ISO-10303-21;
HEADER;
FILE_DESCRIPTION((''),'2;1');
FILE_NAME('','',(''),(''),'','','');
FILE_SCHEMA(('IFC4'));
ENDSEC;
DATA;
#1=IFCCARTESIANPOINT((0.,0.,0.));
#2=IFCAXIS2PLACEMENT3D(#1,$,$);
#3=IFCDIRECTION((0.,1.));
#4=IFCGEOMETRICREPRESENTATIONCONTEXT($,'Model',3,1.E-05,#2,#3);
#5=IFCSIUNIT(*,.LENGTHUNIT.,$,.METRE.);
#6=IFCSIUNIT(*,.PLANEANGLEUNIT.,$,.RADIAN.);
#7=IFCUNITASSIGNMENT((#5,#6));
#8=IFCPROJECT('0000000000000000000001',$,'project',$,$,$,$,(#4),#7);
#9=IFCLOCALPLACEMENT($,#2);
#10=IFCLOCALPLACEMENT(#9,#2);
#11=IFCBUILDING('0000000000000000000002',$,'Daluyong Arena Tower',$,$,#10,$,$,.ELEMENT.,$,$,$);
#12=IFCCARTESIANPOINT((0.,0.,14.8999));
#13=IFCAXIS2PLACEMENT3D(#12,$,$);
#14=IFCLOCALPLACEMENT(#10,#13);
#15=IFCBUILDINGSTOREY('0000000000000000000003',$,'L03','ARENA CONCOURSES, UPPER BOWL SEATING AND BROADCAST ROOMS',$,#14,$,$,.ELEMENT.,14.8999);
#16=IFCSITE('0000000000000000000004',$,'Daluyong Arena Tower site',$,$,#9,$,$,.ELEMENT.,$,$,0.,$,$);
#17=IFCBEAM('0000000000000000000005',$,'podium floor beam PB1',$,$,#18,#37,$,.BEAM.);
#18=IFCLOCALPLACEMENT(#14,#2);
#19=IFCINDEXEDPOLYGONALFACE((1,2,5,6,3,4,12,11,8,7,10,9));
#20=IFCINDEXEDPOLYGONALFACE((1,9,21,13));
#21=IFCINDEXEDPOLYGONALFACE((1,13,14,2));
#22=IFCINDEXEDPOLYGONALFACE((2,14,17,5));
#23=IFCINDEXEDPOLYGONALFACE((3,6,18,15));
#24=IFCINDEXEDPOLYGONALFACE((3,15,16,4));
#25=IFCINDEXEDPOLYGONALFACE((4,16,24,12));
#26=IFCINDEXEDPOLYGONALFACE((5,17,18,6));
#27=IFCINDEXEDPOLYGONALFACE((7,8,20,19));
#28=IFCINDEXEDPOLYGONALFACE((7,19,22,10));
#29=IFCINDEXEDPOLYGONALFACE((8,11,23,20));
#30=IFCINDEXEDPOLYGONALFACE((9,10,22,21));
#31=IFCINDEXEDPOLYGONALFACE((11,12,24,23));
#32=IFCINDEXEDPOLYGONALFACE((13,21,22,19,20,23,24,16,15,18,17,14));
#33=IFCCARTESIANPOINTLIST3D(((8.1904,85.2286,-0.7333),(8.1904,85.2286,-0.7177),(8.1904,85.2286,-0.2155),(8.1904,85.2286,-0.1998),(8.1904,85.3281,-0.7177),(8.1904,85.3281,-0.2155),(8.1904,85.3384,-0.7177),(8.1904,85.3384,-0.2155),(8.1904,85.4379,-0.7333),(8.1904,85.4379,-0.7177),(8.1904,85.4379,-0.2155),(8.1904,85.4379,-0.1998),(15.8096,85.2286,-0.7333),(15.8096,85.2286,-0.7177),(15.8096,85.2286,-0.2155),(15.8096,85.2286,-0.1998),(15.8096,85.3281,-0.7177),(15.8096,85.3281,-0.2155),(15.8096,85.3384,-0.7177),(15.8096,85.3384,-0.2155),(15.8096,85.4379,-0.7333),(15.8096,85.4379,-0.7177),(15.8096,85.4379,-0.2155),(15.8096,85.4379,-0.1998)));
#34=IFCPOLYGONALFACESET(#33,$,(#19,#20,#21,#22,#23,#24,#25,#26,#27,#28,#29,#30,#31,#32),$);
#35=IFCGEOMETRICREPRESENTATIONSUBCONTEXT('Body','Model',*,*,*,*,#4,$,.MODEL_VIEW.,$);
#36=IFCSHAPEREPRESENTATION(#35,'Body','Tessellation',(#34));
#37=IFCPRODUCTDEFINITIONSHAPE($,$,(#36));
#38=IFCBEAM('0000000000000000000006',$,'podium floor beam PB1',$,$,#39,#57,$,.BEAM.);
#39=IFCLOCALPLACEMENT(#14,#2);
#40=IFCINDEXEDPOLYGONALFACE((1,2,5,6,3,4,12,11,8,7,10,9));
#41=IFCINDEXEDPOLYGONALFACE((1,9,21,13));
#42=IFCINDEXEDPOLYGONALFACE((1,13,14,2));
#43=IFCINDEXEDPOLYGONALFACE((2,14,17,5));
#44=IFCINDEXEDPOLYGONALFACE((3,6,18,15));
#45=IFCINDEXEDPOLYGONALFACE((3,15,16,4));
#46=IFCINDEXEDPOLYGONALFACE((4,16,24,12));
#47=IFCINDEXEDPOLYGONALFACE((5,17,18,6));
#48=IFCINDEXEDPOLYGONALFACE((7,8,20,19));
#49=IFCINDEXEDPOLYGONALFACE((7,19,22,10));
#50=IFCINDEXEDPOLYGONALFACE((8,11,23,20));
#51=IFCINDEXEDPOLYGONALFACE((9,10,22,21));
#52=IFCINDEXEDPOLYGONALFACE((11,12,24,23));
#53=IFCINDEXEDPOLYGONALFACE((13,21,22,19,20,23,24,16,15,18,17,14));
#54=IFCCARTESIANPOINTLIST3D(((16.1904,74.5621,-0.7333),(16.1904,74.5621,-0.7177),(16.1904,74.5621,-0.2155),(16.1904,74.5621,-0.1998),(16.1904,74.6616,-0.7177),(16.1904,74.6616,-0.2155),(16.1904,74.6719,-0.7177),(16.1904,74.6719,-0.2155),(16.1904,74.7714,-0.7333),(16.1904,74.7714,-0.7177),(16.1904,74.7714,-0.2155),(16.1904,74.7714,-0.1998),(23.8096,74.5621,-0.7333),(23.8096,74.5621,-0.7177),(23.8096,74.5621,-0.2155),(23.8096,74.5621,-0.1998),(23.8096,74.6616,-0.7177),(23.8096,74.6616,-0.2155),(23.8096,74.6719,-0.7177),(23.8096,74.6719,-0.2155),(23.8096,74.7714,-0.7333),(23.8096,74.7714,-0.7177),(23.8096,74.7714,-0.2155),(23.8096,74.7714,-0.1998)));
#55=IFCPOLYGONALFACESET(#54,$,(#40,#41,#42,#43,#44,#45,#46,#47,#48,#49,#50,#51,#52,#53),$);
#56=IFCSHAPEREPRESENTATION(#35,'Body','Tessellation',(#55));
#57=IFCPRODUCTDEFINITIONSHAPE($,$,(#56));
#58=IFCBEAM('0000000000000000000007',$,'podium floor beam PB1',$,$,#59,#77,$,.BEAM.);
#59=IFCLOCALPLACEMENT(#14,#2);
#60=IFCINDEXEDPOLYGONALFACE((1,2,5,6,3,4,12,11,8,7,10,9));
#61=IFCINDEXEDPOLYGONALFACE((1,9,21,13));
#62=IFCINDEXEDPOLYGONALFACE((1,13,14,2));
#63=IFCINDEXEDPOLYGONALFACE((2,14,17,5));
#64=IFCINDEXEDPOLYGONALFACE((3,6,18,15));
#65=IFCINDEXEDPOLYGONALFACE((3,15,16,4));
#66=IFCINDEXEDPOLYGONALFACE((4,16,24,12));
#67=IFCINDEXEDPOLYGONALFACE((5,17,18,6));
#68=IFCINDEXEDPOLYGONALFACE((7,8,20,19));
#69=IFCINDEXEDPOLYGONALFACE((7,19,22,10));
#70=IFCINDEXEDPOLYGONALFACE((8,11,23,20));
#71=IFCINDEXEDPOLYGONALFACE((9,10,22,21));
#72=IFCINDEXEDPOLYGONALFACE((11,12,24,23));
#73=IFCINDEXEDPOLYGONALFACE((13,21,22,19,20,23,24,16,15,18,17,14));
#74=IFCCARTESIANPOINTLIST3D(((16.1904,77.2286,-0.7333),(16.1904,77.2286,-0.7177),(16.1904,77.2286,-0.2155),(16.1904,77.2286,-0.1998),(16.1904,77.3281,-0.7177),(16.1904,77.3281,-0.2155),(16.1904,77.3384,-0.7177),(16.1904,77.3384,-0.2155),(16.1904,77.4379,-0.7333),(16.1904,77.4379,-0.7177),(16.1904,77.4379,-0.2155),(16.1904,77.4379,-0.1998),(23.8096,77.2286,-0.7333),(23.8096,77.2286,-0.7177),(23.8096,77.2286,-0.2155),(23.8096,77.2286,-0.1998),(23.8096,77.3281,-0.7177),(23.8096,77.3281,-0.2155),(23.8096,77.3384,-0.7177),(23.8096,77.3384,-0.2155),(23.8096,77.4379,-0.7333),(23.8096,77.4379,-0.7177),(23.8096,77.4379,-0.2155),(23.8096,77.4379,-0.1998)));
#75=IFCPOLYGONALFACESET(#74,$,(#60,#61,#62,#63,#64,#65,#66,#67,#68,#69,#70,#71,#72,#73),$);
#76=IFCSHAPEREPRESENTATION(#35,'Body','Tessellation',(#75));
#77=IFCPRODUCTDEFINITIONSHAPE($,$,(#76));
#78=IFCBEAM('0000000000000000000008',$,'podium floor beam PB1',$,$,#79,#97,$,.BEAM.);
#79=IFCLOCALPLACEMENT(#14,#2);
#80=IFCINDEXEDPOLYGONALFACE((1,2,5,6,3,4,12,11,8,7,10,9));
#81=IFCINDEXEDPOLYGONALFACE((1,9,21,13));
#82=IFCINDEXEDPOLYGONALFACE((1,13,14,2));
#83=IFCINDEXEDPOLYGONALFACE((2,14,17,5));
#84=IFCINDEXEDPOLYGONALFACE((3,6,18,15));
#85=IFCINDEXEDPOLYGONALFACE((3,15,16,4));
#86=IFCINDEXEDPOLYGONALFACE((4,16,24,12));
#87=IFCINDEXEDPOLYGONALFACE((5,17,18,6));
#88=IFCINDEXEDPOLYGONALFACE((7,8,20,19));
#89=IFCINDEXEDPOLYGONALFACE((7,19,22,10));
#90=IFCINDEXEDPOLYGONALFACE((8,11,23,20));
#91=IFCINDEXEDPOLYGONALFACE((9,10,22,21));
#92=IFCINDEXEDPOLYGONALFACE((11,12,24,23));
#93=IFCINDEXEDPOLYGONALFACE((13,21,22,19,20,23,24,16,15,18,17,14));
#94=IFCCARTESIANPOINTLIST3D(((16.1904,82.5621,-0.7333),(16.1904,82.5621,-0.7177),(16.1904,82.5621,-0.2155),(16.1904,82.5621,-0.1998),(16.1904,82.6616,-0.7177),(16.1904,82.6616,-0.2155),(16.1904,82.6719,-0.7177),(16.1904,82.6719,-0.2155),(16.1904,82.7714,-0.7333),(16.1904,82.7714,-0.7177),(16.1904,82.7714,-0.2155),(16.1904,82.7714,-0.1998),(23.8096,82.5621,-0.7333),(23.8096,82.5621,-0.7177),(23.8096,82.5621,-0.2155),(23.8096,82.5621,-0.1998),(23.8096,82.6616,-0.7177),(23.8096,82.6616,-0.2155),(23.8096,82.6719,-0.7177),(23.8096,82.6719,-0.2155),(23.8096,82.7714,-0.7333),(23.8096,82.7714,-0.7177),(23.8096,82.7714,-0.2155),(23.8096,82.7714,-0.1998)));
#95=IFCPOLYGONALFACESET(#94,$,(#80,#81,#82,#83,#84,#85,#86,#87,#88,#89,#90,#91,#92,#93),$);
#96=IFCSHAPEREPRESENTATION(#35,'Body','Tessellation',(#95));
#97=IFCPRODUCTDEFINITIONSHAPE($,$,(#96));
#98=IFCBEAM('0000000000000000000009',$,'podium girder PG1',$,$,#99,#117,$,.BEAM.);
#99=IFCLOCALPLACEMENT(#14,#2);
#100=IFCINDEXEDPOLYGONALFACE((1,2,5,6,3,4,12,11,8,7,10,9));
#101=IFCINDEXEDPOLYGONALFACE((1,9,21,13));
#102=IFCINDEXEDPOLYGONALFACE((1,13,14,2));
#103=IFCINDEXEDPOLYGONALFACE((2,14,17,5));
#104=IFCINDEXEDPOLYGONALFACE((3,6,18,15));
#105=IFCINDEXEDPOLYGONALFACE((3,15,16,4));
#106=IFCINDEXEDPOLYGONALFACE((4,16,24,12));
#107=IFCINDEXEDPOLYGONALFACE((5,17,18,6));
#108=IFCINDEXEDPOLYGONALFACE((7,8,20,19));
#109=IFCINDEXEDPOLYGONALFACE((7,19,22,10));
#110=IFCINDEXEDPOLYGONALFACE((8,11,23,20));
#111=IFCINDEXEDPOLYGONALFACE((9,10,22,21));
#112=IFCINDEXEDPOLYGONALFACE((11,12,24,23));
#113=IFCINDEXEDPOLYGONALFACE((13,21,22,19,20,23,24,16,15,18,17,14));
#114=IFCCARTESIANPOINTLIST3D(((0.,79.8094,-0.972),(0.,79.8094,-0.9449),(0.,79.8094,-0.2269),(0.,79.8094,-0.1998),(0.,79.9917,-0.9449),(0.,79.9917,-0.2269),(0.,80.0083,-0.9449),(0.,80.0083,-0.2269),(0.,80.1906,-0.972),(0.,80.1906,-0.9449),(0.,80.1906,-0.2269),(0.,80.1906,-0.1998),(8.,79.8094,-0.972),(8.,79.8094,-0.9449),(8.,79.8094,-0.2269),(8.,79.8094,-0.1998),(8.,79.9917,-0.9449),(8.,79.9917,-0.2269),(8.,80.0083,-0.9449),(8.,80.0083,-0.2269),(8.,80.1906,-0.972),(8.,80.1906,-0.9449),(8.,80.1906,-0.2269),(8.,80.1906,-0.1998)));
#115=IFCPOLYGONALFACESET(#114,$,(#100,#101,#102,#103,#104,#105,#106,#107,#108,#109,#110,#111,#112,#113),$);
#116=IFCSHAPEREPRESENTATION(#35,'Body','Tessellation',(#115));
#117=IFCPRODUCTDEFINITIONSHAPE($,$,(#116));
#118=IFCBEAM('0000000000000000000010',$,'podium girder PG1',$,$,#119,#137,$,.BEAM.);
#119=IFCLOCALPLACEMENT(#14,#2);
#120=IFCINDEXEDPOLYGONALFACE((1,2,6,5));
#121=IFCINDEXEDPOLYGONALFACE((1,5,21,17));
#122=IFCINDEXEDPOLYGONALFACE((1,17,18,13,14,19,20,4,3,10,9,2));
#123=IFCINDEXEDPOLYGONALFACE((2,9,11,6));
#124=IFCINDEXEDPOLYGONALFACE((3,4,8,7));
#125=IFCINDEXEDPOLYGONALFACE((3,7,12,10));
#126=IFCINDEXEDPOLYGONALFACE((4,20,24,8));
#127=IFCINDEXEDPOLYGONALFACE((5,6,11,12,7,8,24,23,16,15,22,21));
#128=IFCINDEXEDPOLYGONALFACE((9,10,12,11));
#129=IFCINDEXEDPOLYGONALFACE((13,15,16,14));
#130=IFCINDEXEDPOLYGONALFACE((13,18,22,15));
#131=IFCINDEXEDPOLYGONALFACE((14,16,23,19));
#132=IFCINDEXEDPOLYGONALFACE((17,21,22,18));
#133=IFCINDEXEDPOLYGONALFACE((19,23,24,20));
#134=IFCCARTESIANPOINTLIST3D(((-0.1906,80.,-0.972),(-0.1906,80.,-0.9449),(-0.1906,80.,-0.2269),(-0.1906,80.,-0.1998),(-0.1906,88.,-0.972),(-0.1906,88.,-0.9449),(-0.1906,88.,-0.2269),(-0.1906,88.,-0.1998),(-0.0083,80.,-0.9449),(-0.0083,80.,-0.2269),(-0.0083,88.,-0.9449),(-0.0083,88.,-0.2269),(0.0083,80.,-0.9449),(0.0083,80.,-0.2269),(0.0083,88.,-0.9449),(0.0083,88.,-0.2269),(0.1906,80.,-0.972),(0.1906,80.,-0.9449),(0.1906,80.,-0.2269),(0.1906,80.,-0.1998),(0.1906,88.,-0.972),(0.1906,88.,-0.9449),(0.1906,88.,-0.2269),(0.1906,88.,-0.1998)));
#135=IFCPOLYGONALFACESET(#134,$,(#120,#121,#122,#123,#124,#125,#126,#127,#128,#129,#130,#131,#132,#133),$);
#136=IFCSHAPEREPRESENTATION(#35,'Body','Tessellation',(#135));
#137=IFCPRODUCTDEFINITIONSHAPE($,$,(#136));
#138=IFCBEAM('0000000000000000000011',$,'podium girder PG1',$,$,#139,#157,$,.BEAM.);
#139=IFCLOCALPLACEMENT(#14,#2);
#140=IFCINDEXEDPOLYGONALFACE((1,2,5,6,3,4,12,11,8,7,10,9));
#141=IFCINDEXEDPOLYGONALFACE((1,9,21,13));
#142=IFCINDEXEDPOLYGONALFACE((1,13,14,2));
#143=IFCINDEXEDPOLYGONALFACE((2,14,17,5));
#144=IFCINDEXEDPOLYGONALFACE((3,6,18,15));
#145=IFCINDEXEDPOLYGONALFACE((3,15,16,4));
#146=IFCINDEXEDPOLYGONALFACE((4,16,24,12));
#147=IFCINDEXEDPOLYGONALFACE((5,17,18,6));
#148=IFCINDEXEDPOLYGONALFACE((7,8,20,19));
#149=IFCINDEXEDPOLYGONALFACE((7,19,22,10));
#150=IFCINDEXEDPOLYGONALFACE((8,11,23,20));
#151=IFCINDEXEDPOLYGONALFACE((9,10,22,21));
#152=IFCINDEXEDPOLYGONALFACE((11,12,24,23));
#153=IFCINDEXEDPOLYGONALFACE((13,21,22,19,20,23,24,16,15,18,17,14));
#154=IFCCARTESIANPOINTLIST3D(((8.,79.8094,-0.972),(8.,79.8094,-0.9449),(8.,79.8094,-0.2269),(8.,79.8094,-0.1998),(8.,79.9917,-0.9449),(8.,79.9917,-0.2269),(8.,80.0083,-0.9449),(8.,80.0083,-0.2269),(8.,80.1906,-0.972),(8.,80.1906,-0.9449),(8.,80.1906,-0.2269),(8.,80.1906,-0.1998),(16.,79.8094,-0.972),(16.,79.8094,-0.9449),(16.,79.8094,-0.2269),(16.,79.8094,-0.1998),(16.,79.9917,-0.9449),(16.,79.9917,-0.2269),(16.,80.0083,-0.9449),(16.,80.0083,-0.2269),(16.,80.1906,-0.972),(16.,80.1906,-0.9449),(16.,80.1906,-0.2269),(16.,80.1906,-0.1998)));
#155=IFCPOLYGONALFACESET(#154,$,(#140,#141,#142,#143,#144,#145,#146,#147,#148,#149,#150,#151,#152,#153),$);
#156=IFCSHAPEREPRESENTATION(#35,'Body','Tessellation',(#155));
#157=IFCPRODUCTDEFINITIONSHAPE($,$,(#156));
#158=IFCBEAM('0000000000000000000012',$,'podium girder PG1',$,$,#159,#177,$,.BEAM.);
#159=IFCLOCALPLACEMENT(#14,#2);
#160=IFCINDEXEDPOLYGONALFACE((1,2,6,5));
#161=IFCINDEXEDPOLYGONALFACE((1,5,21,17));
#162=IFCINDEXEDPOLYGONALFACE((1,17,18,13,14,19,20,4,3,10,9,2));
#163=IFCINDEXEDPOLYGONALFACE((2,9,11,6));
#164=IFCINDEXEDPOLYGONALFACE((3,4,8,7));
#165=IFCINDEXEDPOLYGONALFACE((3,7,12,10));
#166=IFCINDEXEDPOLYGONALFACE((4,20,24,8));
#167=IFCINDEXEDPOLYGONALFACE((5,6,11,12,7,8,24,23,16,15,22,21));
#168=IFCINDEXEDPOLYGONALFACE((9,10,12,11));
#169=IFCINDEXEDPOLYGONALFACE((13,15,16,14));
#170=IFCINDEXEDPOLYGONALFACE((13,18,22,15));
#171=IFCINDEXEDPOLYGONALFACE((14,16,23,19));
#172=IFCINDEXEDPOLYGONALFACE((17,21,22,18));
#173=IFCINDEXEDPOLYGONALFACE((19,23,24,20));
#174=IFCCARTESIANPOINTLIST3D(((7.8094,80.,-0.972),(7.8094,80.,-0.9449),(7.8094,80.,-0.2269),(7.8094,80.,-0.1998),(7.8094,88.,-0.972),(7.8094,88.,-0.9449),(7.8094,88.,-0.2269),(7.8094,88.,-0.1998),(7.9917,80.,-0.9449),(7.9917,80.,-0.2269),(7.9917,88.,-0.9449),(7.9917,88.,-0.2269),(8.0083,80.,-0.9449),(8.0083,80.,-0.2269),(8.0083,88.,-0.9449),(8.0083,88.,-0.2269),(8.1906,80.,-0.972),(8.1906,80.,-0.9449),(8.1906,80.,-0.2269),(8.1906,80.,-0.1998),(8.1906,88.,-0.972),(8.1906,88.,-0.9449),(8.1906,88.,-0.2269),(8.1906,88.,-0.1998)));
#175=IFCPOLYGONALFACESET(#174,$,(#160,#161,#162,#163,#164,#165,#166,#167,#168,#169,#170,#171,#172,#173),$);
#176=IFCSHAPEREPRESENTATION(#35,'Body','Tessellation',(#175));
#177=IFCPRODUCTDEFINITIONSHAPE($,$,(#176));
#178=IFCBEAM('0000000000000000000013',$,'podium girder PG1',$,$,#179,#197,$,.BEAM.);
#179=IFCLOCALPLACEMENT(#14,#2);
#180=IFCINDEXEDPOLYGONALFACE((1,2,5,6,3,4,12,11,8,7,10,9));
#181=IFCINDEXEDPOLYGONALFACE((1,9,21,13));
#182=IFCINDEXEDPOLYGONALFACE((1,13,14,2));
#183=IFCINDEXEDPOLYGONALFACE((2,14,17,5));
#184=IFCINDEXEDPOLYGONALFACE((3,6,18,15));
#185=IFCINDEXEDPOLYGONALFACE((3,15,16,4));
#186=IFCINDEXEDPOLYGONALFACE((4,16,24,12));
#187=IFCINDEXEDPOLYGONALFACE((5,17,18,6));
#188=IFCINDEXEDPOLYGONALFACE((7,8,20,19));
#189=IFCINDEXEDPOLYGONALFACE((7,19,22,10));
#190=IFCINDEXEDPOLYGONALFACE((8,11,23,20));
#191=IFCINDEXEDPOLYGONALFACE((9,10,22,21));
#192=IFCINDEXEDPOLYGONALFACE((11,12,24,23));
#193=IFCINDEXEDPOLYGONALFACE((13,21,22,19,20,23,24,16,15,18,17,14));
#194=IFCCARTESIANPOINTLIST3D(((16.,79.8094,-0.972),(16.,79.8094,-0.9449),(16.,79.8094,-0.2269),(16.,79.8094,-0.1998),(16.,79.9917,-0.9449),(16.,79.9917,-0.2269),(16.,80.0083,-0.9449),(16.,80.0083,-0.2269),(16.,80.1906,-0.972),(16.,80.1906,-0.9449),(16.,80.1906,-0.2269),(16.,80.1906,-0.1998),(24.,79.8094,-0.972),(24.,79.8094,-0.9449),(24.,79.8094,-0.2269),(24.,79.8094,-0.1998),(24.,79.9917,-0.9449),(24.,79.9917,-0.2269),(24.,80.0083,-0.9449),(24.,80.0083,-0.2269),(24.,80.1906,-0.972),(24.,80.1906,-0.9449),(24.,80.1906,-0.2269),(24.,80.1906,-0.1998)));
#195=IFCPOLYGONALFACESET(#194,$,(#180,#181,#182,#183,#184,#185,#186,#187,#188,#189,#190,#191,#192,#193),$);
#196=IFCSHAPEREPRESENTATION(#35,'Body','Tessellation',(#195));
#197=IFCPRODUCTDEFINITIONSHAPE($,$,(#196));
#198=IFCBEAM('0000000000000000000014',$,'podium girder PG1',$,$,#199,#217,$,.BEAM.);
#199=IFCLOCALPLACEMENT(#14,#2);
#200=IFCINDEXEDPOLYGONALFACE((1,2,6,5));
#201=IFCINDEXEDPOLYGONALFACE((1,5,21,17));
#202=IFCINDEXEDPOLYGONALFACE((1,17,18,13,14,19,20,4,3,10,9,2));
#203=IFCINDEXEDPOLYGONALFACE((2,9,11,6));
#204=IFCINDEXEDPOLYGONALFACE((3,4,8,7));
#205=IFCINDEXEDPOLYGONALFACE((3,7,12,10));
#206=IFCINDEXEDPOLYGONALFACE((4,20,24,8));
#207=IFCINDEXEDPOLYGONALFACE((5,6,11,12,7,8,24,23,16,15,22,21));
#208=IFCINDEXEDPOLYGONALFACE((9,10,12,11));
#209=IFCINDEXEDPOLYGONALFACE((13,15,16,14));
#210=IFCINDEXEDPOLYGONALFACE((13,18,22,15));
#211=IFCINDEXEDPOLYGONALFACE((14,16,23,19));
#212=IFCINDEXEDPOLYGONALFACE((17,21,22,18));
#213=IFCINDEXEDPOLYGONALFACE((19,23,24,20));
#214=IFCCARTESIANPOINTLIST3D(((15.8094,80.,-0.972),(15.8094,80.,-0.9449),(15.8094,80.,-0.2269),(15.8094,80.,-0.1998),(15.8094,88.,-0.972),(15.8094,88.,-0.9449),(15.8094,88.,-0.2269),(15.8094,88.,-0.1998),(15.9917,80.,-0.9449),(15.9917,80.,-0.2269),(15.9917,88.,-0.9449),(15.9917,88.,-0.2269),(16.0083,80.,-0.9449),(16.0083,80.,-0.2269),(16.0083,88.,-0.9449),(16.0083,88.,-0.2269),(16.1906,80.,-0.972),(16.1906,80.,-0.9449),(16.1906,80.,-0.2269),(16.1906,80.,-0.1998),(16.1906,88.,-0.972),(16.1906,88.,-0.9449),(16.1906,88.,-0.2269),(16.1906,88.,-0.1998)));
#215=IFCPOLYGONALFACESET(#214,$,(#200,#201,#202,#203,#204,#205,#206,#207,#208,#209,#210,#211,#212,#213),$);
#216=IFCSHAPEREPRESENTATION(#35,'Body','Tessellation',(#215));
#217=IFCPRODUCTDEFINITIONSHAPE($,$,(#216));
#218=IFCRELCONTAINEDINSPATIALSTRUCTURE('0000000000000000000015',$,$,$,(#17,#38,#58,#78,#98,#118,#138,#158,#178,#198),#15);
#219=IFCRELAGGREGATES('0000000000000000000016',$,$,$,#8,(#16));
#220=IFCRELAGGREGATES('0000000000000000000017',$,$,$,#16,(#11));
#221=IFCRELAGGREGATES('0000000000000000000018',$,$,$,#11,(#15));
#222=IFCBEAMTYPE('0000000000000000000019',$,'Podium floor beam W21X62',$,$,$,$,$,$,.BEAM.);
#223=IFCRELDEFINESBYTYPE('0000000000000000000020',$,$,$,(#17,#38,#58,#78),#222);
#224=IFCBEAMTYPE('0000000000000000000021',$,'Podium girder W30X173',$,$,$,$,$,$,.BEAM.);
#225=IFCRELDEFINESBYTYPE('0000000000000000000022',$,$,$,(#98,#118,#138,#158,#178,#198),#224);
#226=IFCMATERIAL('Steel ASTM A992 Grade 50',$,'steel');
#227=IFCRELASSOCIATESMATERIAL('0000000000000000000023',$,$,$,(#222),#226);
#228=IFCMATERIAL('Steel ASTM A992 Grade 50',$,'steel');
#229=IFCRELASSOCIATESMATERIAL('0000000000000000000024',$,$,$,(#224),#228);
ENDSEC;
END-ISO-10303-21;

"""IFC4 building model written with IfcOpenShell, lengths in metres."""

from ifc_helpers import new_model, si_unit, direction, frame, origin, origin_2d, place, context, subcontext, project, spatial, i_section, extrude, material, material_profile, profile_set, type_object, element, save


model = new_model("IFC4")

# Units and contexts
model_context = context("Model", 3, precision=1e-05, world=origin(), true_north=direction((0.0, 1.0)))
body_context = subcontext(model_context, "Body", "Model", "MODEL_VIEW")
ifc_project = project(units=[si_unit("LENGTHUNIT", "METRE"), si_unit("PLANEANGLEUNIT", "RADIAN")], contexts=[model_context])

# Site, building, storey
site_placement = place(None, origin())
site = spatial("IfcSite", under=ifc_project, at=site_placement, Name="Daluyong Arena Tower site", CompositionType="ELEMENT", RefElevation=0.0)
building_placement = place(site_placement, origin())
building = spatial("IfcBuilding", under=site, at=building_placement, Name="Daluyong Arena Tower", CompositionType="ELEMENT")
storey_placement = place(building_placement, frame((0.0, 0.0, 14.8999)))
storey = spatial("IfcBuildingStorey", under=building, at=storey_placement, Name="L03", Description="ARENA CONCOURSES, UPPER BOWL SEATING AND BROADCAST ROOMS", CompositionType="ELEMENT", Elevation=14.8999)

# Beams
ifc_material_1 = material(Name="Steel ASTM A992 Grade 50", Category="steel")
ifc_material_profile_1 = material_profile(ifc_material_1, i_section(OverallWidth=0.2092, OverallDepth=0.5334, WebThickness=0.0103, FlangeThickness=0.0156, at=origin_2d()))
ifc_profile_set_1 = profile_set([ifc_material_profile_1], Name="Steel ASTM A992 Grade 50")
beam_type_1 = type_object("IfcBeamType", Name="Podium floor beam W21X62", PredefinedType="BEAM", material=ifc_profile_set_1)
for number, where, z_axis, x_axis, name in (
    (1, (8.1904, 85.3333, -0.4666), (1.0, 0.0, 0.0), (0.0, 1.0, 0.0), "podium floor beam PB1"),
    (2, (16.1904, 74.6667, -0.4666), (1.0, 0.0, 0.0), (0.0, 1.0, 0.0), "podium floor beam PB1"),
    (3, (16.1904, 77.3333, -0.4666), (1.0, 0.0, 0.0), (0.0, 1.0, 0.0), "podium floor beam PB1"),
    (4, (16.1904, 82.6667, -0.4666), (1.0, 0.0, 0.0), (0.0, 1.0, 0.0), "podium floor beam PB1"),
):
    element("IfcBeam", number, at=place(storey_placement, frame(where, z_axis=z_axis, x_axis=x_axis)), inside=storey, type_object=beam_type_1, Name=name, PredefinedType="BEAM", context=body_context, shape_type="SweptSolid", body=[
        extrude(i_section(OverallWidth=0.2092, OverallDepth=0.5334, WebThickness=0.0103, FlangeThickness=0.0156, at=origin_2d()), origin(), (0.0, 0.0, 1.0), 7.6191),
    ])
ifc_material_2 = material(Name="Steel ASTM A992 Grade 50", Category="steel")
ifc_material_profile_2 = material_profile(ifc_material_2, i_section(OverallWidth=0.3811, OverallDepth=0.7722, WebThickness=0.0166, FlangeThickness=0.0271, at=origin_2d()))
ifc_profile_set_2 = profile_set([ifc_material_profile_2], Name="Steel ASTM A992 Grade 50")
beam_type_2 = type_object("IfcBeamType", Name="Podium girder W30X173", PredefinedType="BEAM", material=ifc_profile_set_2)
for number, where, z_axis, x_axis, name in (
    (5, (0.0, 80.0, -0.5859), (1.0, 0.0, 0.0), (0.0, 1.0, 0.0), "podium girder PG1"),
    (6, (0.0, 80.0, -0.5859), (0.0, 1.0, 0.0), (-1.0, 0.0, 0.0), "podium girder PG1"),
    (7, (8.0, 80.0, -0.5859), (1.0, 0.0, 0.0), (0.0, 1.0, 0.0), "podium girder PG1"),
    (8, (8.0, 80.0, -0.5859), (0.0, 1.0, 0.0), (-1.0, 0.0, 0.0), "podium girder PG1"),
    (9, (16.0, 80.0, -0.5859), (1.0, 0.0, 0.0), (0.0, 1.0, 0.0), "podium girder PG1"),
    (10, (16.0, 80.0, -0.5859), (0.0, 1.0, 0.0), (-1.0, 0.0, 0.0), "podium girder PG1"),
):
    element("IfcBeam", number, at=place(storey_placement, frame(where, z_axis=z_axis, x_axis=x_axis)), inside=storey, type_object=beam_type_2, Name=name, PredefinedType="BEAM", context=body_context, shape_type="SweptSolid", body=[
        extrude(i_section(OverallWidth=0.3811, OverallDepth=0.7722, WebThickness=0.0166, FlangeThickness=0.0271, at=origin_2d()), origin(), (0.0, 0.0, 1.0), 8.0),
    ])

save(model, "model.ifc")
